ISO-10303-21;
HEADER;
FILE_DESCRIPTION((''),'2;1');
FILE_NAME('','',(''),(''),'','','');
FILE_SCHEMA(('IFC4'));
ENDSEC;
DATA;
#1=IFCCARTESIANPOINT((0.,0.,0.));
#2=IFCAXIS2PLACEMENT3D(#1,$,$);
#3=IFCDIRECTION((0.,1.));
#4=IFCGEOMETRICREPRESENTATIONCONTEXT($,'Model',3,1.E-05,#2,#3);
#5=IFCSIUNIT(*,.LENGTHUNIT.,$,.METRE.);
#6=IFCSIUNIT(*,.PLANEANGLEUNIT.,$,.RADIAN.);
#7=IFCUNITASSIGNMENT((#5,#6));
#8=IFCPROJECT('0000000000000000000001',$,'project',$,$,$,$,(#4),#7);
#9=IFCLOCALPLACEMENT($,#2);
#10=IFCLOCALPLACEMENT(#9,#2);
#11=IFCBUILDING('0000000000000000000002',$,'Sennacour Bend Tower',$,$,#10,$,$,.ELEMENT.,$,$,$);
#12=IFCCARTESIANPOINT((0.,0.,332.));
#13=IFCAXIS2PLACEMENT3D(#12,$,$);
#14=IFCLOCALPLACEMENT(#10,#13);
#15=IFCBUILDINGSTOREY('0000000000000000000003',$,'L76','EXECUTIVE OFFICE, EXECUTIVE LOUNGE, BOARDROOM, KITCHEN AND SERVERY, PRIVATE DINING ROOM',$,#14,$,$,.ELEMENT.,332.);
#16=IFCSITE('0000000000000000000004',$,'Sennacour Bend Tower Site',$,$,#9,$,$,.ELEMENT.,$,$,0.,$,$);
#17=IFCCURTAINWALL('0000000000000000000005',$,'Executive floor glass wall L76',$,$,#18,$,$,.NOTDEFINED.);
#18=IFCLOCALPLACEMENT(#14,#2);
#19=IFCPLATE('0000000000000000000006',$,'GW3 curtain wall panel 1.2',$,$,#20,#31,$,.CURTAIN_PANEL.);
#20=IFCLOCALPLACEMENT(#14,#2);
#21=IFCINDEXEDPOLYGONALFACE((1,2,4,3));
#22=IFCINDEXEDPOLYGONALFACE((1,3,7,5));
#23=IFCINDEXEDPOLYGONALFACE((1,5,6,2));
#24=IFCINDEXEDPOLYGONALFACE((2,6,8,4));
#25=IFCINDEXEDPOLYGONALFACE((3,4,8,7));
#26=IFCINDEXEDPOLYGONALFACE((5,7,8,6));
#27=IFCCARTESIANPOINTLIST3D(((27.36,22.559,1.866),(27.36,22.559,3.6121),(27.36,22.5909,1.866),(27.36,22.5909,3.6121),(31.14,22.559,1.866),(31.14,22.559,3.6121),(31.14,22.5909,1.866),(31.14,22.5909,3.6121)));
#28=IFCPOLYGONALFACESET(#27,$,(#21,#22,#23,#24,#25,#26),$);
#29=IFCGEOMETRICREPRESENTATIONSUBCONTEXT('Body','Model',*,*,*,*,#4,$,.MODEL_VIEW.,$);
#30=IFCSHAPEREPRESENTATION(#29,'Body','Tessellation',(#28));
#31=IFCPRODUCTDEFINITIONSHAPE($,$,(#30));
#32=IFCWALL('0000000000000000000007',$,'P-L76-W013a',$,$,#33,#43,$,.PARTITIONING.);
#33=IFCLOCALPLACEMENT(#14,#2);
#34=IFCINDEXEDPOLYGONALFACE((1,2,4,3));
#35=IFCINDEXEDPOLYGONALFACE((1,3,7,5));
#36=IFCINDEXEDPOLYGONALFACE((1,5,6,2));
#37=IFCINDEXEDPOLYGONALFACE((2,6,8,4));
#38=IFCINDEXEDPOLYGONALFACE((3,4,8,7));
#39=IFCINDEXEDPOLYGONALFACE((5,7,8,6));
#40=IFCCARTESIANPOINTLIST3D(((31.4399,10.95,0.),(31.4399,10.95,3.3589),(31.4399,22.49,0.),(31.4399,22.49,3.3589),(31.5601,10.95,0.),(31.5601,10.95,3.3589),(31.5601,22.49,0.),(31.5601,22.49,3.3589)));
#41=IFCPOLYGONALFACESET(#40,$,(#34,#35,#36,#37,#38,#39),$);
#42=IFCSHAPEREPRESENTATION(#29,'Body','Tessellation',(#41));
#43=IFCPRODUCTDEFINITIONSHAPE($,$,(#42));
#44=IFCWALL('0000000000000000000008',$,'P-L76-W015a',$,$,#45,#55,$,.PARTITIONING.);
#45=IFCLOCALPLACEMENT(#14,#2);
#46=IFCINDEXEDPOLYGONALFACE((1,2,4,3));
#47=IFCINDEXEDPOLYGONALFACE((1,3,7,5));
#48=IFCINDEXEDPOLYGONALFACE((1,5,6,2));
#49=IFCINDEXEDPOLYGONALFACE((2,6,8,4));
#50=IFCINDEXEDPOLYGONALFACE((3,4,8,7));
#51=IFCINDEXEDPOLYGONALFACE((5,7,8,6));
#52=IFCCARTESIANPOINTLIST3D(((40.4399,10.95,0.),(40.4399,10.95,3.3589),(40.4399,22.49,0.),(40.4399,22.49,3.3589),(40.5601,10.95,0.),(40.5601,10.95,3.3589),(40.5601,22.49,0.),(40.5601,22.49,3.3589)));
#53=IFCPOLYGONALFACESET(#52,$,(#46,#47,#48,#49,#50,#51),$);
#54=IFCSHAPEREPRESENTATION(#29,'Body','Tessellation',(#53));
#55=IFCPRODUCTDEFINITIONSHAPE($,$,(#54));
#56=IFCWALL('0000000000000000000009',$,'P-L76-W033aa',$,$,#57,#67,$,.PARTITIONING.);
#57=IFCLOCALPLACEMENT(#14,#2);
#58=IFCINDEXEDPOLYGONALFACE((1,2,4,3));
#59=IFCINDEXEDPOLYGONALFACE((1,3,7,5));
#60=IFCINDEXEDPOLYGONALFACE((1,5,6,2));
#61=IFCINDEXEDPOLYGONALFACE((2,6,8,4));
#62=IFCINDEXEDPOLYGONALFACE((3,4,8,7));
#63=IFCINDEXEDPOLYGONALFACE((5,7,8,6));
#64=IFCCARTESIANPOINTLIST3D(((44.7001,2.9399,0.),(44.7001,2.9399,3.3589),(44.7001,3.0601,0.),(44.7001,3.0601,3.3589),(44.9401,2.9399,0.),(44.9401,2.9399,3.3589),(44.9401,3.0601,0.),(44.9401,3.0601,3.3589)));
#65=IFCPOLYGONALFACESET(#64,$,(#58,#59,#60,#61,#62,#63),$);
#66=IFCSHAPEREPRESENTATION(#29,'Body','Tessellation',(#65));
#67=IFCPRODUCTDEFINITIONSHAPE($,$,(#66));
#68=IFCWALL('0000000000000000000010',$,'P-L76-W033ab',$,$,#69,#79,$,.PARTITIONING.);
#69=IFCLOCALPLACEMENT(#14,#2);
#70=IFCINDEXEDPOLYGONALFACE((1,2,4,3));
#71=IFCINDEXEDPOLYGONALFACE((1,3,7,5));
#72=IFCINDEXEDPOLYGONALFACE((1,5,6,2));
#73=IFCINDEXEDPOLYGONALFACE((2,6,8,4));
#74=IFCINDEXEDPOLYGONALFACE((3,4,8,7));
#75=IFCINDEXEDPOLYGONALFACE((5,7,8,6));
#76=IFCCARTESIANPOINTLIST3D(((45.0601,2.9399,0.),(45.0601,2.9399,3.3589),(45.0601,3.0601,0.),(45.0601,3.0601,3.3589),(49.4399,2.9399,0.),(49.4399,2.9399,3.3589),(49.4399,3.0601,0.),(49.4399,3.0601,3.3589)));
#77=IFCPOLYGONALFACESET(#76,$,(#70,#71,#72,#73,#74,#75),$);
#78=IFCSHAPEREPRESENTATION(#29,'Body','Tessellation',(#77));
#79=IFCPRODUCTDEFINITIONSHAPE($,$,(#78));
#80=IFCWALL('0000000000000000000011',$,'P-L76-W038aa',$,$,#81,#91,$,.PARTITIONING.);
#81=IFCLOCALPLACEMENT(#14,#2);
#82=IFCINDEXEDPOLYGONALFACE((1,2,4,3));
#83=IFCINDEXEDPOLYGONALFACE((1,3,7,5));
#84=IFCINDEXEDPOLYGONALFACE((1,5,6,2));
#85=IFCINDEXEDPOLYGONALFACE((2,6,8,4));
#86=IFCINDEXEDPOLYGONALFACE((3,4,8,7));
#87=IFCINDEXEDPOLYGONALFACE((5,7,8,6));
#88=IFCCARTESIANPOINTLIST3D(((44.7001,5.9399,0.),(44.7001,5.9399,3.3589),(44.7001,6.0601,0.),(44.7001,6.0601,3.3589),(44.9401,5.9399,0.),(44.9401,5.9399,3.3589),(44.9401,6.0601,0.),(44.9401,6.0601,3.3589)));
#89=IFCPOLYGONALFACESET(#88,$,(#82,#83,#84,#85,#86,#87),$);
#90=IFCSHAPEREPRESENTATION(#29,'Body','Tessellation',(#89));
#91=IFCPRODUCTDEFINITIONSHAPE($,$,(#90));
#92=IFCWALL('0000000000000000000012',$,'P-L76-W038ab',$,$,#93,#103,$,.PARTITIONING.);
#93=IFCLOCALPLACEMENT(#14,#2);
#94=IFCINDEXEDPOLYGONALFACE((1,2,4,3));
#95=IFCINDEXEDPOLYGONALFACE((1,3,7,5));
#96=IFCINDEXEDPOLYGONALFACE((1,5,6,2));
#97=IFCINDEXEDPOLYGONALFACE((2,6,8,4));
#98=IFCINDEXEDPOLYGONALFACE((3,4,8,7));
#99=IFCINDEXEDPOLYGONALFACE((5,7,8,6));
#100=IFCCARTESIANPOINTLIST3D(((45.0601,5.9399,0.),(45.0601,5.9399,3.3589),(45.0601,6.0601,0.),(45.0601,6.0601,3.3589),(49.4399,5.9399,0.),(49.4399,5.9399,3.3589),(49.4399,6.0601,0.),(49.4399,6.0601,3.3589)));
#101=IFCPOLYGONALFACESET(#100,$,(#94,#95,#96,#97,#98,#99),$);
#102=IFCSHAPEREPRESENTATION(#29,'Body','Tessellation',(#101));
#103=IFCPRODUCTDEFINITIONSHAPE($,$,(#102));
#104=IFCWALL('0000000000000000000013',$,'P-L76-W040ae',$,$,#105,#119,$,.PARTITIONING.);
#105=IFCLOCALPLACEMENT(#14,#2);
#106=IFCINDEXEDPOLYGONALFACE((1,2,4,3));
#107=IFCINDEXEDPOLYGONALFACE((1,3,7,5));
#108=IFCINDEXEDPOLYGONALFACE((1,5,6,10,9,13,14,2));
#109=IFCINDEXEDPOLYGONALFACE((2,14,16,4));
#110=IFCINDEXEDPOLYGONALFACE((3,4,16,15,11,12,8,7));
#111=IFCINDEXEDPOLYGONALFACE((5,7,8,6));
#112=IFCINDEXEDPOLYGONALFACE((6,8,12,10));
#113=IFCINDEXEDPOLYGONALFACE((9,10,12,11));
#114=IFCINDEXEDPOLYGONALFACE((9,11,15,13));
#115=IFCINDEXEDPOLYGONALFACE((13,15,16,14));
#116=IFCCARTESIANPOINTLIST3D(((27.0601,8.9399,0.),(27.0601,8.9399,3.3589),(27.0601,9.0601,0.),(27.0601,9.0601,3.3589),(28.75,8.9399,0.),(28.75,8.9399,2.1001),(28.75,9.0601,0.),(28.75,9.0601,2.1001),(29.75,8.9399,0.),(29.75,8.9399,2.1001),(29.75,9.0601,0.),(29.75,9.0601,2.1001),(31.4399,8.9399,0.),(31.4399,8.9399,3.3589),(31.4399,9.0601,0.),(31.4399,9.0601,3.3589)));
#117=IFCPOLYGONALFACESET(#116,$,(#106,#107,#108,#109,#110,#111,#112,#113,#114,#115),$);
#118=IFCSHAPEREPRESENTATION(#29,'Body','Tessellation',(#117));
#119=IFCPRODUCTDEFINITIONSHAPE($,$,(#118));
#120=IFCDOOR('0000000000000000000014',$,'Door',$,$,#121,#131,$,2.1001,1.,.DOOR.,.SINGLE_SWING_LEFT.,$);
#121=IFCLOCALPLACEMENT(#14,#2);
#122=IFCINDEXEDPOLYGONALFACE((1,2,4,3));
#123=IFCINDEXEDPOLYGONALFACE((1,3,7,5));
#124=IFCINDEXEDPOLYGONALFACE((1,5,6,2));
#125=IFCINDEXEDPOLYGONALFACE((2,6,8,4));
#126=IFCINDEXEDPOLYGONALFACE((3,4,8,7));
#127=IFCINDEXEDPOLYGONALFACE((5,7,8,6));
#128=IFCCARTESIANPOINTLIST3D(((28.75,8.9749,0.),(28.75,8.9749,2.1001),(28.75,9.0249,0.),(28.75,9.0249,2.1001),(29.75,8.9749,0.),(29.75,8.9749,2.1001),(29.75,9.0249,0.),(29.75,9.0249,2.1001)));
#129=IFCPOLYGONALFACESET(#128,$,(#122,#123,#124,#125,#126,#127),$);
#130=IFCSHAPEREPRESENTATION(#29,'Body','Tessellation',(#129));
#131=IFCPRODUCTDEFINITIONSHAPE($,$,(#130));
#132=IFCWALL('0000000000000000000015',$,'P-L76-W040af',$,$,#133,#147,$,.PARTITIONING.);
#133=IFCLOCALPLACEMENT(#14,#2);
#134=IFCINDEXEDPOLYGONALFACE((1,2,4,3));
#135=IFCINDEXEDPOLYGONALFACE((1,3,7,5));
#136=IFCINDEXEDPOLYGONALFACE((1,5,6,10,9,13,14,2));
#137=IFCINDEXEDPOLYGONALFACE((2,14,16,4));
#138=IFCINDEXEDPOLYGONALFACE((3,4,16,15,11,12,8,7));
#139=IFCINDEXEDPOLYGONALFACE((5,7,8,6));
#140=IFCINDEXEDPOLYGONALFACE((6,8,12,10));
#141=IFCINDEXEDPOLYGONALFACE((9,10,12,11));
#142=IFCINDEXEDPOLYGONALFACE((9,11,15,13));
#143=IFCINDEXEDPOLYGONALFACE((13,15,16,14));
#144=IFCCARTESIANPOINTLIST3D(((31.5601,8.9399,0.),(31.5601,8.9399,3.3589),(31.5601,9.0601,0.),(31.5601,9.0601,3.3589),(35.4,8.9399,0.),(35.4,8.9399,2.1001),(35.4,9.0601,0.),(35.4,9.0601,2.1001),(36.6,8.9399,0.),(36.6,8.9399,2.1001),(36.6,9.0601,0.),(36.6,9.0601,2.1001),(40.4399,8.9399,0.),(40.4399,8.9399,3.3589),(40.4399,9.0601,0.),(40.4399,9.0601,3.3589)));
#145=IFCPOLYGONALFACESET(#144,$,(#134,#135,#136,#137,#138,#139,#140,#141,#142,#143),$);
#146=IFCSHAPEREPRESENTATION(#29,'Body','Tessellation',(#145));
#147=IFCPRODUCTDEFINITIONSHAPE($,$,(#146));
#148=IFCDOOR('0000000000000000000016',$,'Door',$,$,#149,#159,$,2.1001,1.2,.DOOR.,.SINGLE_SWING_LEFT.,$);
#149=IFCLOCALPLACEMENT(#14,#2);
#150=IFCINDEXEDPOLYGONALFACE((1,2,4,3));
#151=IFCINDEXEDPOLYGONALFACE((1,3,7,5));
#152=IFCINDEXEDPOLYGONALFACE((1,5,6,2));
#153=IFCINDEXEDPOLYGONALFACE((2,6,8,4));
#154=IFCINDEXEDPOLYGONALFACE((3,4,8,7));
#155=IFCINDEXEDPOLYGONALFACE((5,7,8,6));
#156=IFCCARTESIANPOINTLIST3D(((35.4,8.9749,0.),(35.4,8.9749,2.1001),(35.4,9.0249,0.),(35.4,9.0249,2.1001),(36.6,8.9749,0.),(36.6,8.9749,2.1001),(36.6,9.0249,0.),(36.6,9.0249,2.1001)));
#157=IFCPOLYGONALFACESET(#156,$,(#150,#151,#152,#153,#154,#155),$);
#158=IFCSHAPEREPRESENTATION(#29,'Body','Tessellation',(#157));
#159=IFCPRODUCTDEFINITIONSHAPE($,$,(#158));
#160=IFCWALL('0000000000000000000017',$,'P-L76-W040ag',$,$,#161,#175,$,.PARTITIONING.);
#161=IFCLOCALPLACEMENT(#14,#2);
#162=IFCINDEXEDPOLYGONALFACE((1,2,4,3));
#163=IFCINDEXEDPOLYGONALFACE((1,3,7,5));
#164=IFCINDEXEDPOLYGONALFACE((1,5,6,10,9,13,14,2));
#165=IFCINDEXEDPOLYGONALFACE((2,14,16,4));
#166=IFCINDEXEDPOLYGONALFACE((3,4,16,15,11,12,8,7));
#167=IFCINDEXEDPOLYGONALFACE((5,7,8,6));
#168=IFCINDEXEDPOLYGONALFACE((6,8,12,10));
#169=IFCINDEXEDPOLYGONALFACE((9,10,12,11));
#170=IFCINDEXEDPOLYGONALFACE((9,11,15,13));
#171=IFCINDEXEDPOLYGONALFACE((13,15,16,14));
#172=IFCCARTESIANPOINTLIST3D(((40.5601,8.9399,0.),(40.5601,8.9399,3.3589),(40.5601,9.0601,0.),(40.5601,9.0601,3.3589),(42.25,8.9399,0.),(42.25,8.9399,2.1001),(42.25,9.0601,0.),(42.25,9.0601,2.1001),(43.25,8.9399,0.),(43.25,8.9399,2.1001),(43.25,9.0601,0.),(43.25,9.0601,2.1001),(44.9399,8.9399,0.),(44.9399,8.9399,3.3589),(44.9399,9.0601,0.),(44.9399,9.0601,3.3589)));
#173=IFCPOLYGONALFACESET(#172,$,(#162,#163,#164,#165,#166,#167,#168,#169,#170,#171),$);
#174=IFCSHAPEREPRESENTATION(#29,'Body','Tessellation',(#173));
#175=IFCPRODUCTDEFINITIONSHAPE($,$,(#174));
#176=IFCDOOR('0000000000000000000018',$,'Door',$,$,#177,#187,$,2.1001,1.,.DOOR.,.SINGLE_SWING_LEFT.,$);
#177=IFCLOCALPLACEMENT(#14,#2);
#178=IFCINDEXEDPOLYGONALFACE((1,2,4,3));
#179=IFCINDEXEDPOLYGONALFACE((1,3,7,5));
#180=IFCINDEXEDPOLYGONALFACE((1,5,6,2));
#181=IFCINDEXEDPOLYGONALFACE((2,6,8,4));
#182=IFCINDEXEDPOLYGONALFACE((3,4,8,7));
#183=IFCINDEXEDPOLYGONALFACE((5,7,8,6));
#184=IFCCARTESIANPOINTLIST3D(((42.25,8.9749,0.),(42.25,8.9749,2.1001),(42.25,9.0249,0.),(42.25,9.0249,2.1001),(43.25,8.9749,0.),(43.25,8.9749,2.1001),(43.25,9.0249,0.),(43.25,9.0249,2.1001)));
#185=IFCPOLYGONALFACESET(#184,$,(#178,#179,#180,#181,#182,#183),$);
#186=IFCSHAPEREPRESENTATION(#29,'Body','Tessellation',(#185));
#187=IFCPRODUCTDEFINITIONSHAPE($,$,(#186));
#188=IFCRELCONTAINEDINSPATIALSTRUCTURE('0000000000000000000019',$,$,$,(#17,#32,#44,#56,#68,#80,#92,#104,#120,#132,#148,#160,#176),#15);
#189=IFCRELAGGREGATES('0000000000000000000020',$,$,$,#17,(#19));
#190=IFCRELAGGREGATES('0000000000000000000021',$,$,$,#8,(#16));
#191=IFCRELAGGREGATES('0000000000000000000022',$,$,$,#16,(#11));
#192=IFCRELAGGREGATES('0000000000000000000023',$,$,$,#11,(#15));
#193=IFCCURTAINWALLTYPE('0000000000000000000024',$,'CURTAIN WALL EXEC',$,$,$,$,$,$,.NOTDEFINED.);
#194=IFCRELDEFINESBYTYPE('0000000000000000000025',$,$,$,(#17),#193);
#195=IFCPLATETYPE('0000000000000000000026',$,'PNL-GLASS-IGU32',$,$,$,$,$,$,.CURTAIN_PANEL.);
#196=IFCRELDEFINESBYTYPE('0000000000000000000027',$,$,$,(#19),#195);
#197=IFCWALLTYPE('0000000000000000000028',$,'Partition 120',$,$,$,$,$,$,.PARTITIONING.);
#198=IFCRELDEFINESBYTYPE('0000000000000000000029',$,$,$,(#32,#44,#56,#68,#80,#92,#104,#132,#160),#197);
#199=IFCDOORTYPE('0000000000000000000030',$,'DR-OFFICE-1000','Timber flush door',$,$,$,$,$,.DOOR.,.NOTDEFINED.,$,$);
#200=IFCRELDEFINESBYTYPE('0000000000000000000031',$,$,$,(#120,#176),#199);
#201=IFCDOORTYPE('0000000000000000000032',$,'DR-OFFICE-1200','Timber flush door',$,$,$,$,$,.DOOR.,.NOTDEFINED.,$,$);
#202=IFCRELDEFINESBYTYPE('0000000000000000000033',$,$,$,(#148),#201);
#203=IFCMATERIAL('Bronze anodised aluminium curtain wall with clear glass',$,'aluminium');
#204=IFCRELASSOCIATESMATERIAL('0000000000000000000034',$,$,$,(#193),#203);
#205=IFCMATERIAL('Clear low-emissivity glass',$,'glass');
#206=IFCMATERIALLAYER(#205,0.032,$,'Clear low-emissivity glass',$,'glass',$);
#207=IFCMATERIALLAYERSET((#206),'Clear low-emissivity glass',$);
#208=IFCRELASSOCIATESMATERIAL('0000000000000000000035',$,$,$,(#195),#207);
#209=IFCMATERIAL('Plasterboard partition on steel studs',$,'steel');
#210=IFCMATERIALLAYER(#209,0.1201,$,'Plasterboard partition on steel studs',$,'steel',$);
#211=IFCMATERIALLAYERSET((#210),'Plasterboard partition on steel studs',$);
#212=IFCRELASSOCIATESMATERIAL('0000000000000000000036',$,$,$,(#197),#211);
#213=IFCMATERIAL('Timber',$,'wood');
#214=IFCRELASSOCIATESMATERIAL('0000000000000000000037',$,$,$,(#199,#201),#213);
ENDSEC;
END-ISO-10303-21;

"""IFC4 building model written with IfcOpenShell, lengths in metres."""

from ifc_helpers import new_model, si_unit, direction, frame, frame_2d, origin, origin_2d, place, context, subcontext, project, spatial, rectangle, extrude, material, layer, layer_set, type_object, element, fill, aggregate, save


model = new_model("IFC4")

# Units and contexts
model_context = context("Model", 3, precision=1e-05, world=origin(), true_north=direction((0.0, 1.0)))
body_context = subcontext(model_context, "Body", "Model", "MODEL_VIEW")
ifc_project = project(units=[si_unit("LENGTHUNIT", "METRE"), si_unit("PLANEANGLEUNIT", "RADIAN")], contexts=[model_context])

# Site, building, storey
site_placement = place(None, origin())
site = spatial("IfcSite", under=ifc_project, at=site_placement, Name="Sennacour Bend Tower Site", CompositionType="ELEMENT", RefElevation=0.0)
building_placement = place(site_placement, origin())
building = spatial("IfcBuilding", under=site, at=building_placement, Name="Sennacour Bend Tower", CompositionType="ELEMENT")
storey_placement = place(building_placement, frame((0.0, 0.0, 332.0)))
storey = spatial("IfcBuildingStorey", under=building, at=storey_placement, Name="L76", Description="EXECUTIVE OFFICE, EXECUTIVE LOUNGE, BOARDROOM, KITCHEN AND SERVERY, PRIVATE DINING ROOM", CompositionType="ELEMENT", Elevation=332.0)

# Curtain wall
ifc_material_1 = material(Name="Bronze anodised aluminium curtain wall with clear glass", Category="aluminium")
curtain_wall_type = type_object("IfcCurtainWallType", Name="CURTAIN WALL EXEC", PredefinedType="NOTDEFINED", material=ifc_material_1)
curtain_wall_placement = place(storey_placement, origin())
curtain_wall = element("IfcCurtainWall", 1, at=curtain_wall_placement, inside=storey, type_object=curtain_wall_type, Name="Executive floor glass wall L76", PredefinedType="NOTDEFINED")

# Plate
ifc_material_2 = material(Name="Clear low-emissivity glass", Category="glass")
ifc_layer_1 = layer(ifc_material_2, 0.032, Name="Clear low-emissivity glass", Category="glass")
ifc_layer_set_1 = layer_set([ifc_layer_1], Name="Clear low-emissivity glass")
plate_type = type_object("IfcPlateType", Name="PNL-GLASS-IGU32", PredefinedType="CURTAIN_PANEL", material=ifc_layer_set_1)
plate_1_placement = place(storey_placement, frame((29.25, 22.575, 1.866), z_axis=(0.0, 0.0, 1.0), x_axis=(-1.0, 0.0, 0.0)))
plate_1 = element("IfcPlate", 2, at=plate_1_placement, type_object=plate_type, Name="GW3 curtain wall panel 1.2", PredefinedType="CURTAIN_PANEL", context=body_context, shape_type="SweptSolid", body=[
    extrude(rectangle(XDim=3.78, YDim=0.032, at=origin_2d()), origin(), (0.0, 0.0, 1.0), 1.7461),
])
aggregate(curtain_wall, [plate_1])

# Walls
ifc_material_3 = material(Name="Plasterboard partition on steel studs", Category="steel")
ifc_layer_2 = layer(ifc_material_3, 0.1201, Name="Plasterboard partition on steel studs", Category="steel")
ifc_layer_set_2 = layer_set([ifc_layer_2], Name="Plasterboard partition on steel studs")
wall_type_1 = type_object("IfcWallType", Name="Partition 120", PredefinedType="PARTITIONING", material=ifc_layer_set_2)
for number, where, z_axis, x_axis, name in (
    (3, (31.5, 10.95, 0.0), (0.0, 0.0, 1.0), (0.0, 1.0, 0.0), "P-L76-W013a"),
    (4, (40.5, 10.95, 0.0), (0.0, 0.0, 1.0), (0.0, 1.0, 0.0), "P-L76-W015a"),
):
    element("IfcWall", number, at=place(storey_placement, frame(where, z_axis=z_axis, x_axis=x_axis)), inside=storey, type_object=wall_type_1, Name=name, PredefinedType="PARTITIONING", context=body_context, shape_type="SweptSolid", body=[
        extrude(rectangle(XDim=11.54, YDim=0.1201, at=frame_2d((5.77, 0.0))), origin(), (0.0, 0.0, 1.0), 3.3589),
    ])
wall_1_placement = place(storey_placement, frame((44.7, 3.0, 0.0), z_axis=(0.0, 0.0, 1.0), x_axis=(1.0, 0.0, 0.0)))
element("IfcWall", 5, at=wall_1_placement, inside=storey, type_object=wall_type_1, Name="P-L76-W033aa", PredefinedType="PARTITIONING", context=body_context, shape_type="SweptSolid", body=[
    extrude(rectangle(XDim=0.24, YDim=0.1201, at=frame_2d((0.1201, 0.0))), origin(), (0.0, 0.0, 1.0), 3.3589),
])
wall_2_placement = place(storey_placement, frame((45.0601, 3.0, 0.0), z_axis=(0.0, 0.0, 1.0), x_axis=(1.0, 0.0, 0.0)))
element("IfcWall", 6, at=wall_2_placement, inside=storey, type_object=wall_type_1, Name="P-L76-W033ab", PredefinedType="PARTITIONING", context=body_context, shape_type="SweptSolid", body=[
    extrude(rectangle(XDim=4.3799, YDim=0.1201, at=frame_2d((2.1899, 0.0))), origin(), (0.0, 0.0, 1.0), 3.3589),
])
wall_3_placement = place(storey_placement, frame((44.7, 6.0, 0.0), z_axis=(0.0, 0.0, 1.0), x_axis=(1.0, 0.0, 0.0)))
element("IfcWall", 7, at=wall_3_placement, inside=storey, type_object=wall_type_1, Name="P-L76-W038aa", PredefinedType="PARTITIONING", context=body_context, shape_type="SweptSolid", body=[
    extrude(rectangle(XDim=0.24, YDim=0.1201, at=frame_2d((0.1201, 0.0))), origin(), (0.0, 0.0, 1.0), 3.3589),
])
wall_4_placement = place(storey_placement, frame((45.0601, 6.0, 0.0), z_axis=(0.0, 0.0, 1.0), x_axis=(1.0, 0.0, 0.0)))
element("IfcWall", 8, at=wall_4_placement, inside=storey, type_object=wall_type_1, Name="P-L76-W038ab", PredefinedType="PARTITIONING", context=body_context, shape_type="SweptSolid", body=[
    extrude(rectangle(XDim=4.3799, YDim=0.1201, at=frame_2d((2.1899, 0.0))), origin(), (0.0, 0.0, 1.0), 3.3589),
])

# Walls, openings, doors
wall_5_placement = place(storey_placement, frame((27.0601, 9.0, 0.0), z_axis=(0.0, 0.0, 1.0), x_axis=(1.0, 0.0, 0.0)))
wall_5 = element("IfcWall", 9, at=wall_5_placement, inside=storey, type_object=wall_type_1, Name="P-L76-W040ae", PredefinedType="PARTITIONING", context=body_context, shape_type="SweptSolid", body=[
    extrude(rectangle(XDim=4.3799, YDim=0.1201, at=frame_2d((2.1899, 0.0))), origin(), (0.0, 0.0, 1.0), 3.3589),
])
opening_1_placement = place(wall_5_placement, frame((1.6899, 0.0, 0.0)))
opening_1 = element("IfcOpeningElement", 10, at=opening_1_placement, cuts=wall_5, PredefinedType="OPENING", context=body_context, shape_type="SweptSolid", body=[
    extrude(rectangle(XDim=1.0, YDim=2.1001, at=frame_2d((0.5, 1.05))), frame((0.0, 0.0701, 0.0), z_axis=(0.0, -1.0, 0.0), x_axis=(1.0, 0.0, 0.0)), (0.0, 0.0, 1.0), 0.1401),
])
ifc_material_4 = material(Name="Timber", Category="wood")
door_type_1 = type_object("IfcDoorType", Name="DR-OFFICE-1000", Description="Timber flush door", OperationType="NOTDEFINED", PredefinedType="DOOR", material=ifc_material_4)
door_1_placement = place(opening_1_placement, origin())
door_1 = element("IfcDoor", 11, at=door_1_placement, inside=storey, type_object=door_type_1, Name="Door", OperationType="SINGLE_SWING_LEFT", OverallHeight=2.1001, OverallWidth=1.0, PredefinedType="DOOR", context=body_context, shape_type="SweptSolid", body=[
    extrude(rectangle(XDim=1.0, YDim=2.1001, at=frame_2d((0.5, 1.05))), frame((0.0, 0.0249, 0.0), z_axis=(0.0, -1.0, 0.0), x_axis=(1.0, 0.0, 0.0)), (0.0, 0.0, 1.0), 0.05),
])
fill(opening_1, door_1)
wall_6_placement = place(storey_placement, frame((31.5601, 9.0, 0.0), z_axis=(0.0, 0.0, 1.0), x_axis=(1.0, 0.0, 0.0)))
wall_6 = element("IfcWall", 12, at=wall_6_placement, inside=storey, type_object=wall_type_1, Name="P-L76-W040af", PredefinedType="PARTITIONING", context=body_context, shape_type="SweptSolid", body=[
    extrude(rectangle(XDim=8.8799, YDim=0.1201, at=frame_2d((4.4399, 0.0))), origin(), (0.0, 0.0, 1.0), 3.3589),
])
opening_2_placement = place(wall_6_placement, frame((3.8398, 0.0, 0.0)))
opening_2 = element("IfcOpeningElement", 13, at=opening_2_placement, cuts=wall_6, PredefinedType="OPENING", context=body_context, shape_type="SweptSolid", body=[
    extrude(rectangle(XDim=1.2, YDim=2.1001, at=frame_2d((0.6001, 1.05))), frame((0.0, 0.0701, 0.0), z_axis=(0.0, -1.0, 0.0), x_axis=(1.0, 0.0, 0.0)), (0.0, 0.0, 1.0), 0.1401),
])
door_type_2 = type_object("IfcDoorType", Name="DR-OFFICE-1200", Description="Timber flush door", OperationType="NOTDEFINED", PredefinedType="DOOR", material=ifc_material_4)
door_2_placement = place(opening_2_placement, origin())
door_2 = element("IfcDoor", 14, at=door_2_placement, inside=storey, type_object=door_type_2, Name="Door", OperationType="SINGLE_SWING_LEFT", OverallHeight=2.1001, OverallWidth=1.2, PredefinedType="DOOR", context=body_context, shape_type="SweptSolid", body=[
    extrude(rectangle(XDim=1.2, YDim=2.1001, at=frame_2d((0.6001, 1.05))), frame((0.0, 0.0249, 0.0), z_axis=(0.0, -1.0, 0.0), x_axis=(1.0, 0.0, 0.0)), (0.0, 0.0, 1.0), 0.05),
])
fill(opening_2, door_2)
wall_7_placement = place(storey_placement, frame((40.5601, 9.0, 0.0), z_axis=(0.0, 0.0, 1.0), x_axis=(1.0, 0.0, 0.0)))
wall_7 = element("IfcWall", 15, at=wall_7_placement, inside=storey, type_object=wall_type_1, Name="P-L76-W040ag", PredefinedType="PARTITIONING", context=body_context, shape_type="SweptSolid", body=[
    extrude(rectangle(XDim=4.3799, YDim=0.1201, at=frame_2d((2.1899, 0.0))), origin(), (0.0, 0.0, 1.0), 3.3589),
])
opening_3_placement = place(wall_7_placement, frame((1.6899, 0.0, 0.0)))
opening_3 = element("IfcOpeningElement", 16, at=opening_3_placement, cuts=wall_7, PredefinedType="OPENING", context=body_context, shape_type="SweptSolid", body=[
    extrude(rectangle(XDim=1.0, YDim=2.1001, at=frame_2d((0.5, 1.05))), frame((0.0, 0.0701, 0.0), z_axis=(0.0, -1.0, 0.0), x_axis=(1.0, 0.0, 0.0)), (0.0, 0.0, 1.0), 0.1401),
])
door_3_placement = place(opening_3_placement, origin())
door_3 = element("IfcDoor", 17, at=door_3_placement, inside=storey, type_object=door_type_1, Name="Door", OperationType="SINGLE_SWING_LEFT", OverallHeight=2.1001, OverallWidth=1.0, PredefinedType="DOOR", context=body_context, shape_type="SweptSolid", body=[
    extrude(rectangle(XDim=1.0, YDim=2.1001, at=frame_2d((0.5, 1.05))), frame((0.0, 0.0249, 0.0), z_axis=(0.0, -1.0, 0.0), x_axis=(1.0, 0.0, 0.0)), (0.0, 0.0, 1.0), 0.05),
])
fill(opening_3, door_3)

save(model, "model.ifc")
